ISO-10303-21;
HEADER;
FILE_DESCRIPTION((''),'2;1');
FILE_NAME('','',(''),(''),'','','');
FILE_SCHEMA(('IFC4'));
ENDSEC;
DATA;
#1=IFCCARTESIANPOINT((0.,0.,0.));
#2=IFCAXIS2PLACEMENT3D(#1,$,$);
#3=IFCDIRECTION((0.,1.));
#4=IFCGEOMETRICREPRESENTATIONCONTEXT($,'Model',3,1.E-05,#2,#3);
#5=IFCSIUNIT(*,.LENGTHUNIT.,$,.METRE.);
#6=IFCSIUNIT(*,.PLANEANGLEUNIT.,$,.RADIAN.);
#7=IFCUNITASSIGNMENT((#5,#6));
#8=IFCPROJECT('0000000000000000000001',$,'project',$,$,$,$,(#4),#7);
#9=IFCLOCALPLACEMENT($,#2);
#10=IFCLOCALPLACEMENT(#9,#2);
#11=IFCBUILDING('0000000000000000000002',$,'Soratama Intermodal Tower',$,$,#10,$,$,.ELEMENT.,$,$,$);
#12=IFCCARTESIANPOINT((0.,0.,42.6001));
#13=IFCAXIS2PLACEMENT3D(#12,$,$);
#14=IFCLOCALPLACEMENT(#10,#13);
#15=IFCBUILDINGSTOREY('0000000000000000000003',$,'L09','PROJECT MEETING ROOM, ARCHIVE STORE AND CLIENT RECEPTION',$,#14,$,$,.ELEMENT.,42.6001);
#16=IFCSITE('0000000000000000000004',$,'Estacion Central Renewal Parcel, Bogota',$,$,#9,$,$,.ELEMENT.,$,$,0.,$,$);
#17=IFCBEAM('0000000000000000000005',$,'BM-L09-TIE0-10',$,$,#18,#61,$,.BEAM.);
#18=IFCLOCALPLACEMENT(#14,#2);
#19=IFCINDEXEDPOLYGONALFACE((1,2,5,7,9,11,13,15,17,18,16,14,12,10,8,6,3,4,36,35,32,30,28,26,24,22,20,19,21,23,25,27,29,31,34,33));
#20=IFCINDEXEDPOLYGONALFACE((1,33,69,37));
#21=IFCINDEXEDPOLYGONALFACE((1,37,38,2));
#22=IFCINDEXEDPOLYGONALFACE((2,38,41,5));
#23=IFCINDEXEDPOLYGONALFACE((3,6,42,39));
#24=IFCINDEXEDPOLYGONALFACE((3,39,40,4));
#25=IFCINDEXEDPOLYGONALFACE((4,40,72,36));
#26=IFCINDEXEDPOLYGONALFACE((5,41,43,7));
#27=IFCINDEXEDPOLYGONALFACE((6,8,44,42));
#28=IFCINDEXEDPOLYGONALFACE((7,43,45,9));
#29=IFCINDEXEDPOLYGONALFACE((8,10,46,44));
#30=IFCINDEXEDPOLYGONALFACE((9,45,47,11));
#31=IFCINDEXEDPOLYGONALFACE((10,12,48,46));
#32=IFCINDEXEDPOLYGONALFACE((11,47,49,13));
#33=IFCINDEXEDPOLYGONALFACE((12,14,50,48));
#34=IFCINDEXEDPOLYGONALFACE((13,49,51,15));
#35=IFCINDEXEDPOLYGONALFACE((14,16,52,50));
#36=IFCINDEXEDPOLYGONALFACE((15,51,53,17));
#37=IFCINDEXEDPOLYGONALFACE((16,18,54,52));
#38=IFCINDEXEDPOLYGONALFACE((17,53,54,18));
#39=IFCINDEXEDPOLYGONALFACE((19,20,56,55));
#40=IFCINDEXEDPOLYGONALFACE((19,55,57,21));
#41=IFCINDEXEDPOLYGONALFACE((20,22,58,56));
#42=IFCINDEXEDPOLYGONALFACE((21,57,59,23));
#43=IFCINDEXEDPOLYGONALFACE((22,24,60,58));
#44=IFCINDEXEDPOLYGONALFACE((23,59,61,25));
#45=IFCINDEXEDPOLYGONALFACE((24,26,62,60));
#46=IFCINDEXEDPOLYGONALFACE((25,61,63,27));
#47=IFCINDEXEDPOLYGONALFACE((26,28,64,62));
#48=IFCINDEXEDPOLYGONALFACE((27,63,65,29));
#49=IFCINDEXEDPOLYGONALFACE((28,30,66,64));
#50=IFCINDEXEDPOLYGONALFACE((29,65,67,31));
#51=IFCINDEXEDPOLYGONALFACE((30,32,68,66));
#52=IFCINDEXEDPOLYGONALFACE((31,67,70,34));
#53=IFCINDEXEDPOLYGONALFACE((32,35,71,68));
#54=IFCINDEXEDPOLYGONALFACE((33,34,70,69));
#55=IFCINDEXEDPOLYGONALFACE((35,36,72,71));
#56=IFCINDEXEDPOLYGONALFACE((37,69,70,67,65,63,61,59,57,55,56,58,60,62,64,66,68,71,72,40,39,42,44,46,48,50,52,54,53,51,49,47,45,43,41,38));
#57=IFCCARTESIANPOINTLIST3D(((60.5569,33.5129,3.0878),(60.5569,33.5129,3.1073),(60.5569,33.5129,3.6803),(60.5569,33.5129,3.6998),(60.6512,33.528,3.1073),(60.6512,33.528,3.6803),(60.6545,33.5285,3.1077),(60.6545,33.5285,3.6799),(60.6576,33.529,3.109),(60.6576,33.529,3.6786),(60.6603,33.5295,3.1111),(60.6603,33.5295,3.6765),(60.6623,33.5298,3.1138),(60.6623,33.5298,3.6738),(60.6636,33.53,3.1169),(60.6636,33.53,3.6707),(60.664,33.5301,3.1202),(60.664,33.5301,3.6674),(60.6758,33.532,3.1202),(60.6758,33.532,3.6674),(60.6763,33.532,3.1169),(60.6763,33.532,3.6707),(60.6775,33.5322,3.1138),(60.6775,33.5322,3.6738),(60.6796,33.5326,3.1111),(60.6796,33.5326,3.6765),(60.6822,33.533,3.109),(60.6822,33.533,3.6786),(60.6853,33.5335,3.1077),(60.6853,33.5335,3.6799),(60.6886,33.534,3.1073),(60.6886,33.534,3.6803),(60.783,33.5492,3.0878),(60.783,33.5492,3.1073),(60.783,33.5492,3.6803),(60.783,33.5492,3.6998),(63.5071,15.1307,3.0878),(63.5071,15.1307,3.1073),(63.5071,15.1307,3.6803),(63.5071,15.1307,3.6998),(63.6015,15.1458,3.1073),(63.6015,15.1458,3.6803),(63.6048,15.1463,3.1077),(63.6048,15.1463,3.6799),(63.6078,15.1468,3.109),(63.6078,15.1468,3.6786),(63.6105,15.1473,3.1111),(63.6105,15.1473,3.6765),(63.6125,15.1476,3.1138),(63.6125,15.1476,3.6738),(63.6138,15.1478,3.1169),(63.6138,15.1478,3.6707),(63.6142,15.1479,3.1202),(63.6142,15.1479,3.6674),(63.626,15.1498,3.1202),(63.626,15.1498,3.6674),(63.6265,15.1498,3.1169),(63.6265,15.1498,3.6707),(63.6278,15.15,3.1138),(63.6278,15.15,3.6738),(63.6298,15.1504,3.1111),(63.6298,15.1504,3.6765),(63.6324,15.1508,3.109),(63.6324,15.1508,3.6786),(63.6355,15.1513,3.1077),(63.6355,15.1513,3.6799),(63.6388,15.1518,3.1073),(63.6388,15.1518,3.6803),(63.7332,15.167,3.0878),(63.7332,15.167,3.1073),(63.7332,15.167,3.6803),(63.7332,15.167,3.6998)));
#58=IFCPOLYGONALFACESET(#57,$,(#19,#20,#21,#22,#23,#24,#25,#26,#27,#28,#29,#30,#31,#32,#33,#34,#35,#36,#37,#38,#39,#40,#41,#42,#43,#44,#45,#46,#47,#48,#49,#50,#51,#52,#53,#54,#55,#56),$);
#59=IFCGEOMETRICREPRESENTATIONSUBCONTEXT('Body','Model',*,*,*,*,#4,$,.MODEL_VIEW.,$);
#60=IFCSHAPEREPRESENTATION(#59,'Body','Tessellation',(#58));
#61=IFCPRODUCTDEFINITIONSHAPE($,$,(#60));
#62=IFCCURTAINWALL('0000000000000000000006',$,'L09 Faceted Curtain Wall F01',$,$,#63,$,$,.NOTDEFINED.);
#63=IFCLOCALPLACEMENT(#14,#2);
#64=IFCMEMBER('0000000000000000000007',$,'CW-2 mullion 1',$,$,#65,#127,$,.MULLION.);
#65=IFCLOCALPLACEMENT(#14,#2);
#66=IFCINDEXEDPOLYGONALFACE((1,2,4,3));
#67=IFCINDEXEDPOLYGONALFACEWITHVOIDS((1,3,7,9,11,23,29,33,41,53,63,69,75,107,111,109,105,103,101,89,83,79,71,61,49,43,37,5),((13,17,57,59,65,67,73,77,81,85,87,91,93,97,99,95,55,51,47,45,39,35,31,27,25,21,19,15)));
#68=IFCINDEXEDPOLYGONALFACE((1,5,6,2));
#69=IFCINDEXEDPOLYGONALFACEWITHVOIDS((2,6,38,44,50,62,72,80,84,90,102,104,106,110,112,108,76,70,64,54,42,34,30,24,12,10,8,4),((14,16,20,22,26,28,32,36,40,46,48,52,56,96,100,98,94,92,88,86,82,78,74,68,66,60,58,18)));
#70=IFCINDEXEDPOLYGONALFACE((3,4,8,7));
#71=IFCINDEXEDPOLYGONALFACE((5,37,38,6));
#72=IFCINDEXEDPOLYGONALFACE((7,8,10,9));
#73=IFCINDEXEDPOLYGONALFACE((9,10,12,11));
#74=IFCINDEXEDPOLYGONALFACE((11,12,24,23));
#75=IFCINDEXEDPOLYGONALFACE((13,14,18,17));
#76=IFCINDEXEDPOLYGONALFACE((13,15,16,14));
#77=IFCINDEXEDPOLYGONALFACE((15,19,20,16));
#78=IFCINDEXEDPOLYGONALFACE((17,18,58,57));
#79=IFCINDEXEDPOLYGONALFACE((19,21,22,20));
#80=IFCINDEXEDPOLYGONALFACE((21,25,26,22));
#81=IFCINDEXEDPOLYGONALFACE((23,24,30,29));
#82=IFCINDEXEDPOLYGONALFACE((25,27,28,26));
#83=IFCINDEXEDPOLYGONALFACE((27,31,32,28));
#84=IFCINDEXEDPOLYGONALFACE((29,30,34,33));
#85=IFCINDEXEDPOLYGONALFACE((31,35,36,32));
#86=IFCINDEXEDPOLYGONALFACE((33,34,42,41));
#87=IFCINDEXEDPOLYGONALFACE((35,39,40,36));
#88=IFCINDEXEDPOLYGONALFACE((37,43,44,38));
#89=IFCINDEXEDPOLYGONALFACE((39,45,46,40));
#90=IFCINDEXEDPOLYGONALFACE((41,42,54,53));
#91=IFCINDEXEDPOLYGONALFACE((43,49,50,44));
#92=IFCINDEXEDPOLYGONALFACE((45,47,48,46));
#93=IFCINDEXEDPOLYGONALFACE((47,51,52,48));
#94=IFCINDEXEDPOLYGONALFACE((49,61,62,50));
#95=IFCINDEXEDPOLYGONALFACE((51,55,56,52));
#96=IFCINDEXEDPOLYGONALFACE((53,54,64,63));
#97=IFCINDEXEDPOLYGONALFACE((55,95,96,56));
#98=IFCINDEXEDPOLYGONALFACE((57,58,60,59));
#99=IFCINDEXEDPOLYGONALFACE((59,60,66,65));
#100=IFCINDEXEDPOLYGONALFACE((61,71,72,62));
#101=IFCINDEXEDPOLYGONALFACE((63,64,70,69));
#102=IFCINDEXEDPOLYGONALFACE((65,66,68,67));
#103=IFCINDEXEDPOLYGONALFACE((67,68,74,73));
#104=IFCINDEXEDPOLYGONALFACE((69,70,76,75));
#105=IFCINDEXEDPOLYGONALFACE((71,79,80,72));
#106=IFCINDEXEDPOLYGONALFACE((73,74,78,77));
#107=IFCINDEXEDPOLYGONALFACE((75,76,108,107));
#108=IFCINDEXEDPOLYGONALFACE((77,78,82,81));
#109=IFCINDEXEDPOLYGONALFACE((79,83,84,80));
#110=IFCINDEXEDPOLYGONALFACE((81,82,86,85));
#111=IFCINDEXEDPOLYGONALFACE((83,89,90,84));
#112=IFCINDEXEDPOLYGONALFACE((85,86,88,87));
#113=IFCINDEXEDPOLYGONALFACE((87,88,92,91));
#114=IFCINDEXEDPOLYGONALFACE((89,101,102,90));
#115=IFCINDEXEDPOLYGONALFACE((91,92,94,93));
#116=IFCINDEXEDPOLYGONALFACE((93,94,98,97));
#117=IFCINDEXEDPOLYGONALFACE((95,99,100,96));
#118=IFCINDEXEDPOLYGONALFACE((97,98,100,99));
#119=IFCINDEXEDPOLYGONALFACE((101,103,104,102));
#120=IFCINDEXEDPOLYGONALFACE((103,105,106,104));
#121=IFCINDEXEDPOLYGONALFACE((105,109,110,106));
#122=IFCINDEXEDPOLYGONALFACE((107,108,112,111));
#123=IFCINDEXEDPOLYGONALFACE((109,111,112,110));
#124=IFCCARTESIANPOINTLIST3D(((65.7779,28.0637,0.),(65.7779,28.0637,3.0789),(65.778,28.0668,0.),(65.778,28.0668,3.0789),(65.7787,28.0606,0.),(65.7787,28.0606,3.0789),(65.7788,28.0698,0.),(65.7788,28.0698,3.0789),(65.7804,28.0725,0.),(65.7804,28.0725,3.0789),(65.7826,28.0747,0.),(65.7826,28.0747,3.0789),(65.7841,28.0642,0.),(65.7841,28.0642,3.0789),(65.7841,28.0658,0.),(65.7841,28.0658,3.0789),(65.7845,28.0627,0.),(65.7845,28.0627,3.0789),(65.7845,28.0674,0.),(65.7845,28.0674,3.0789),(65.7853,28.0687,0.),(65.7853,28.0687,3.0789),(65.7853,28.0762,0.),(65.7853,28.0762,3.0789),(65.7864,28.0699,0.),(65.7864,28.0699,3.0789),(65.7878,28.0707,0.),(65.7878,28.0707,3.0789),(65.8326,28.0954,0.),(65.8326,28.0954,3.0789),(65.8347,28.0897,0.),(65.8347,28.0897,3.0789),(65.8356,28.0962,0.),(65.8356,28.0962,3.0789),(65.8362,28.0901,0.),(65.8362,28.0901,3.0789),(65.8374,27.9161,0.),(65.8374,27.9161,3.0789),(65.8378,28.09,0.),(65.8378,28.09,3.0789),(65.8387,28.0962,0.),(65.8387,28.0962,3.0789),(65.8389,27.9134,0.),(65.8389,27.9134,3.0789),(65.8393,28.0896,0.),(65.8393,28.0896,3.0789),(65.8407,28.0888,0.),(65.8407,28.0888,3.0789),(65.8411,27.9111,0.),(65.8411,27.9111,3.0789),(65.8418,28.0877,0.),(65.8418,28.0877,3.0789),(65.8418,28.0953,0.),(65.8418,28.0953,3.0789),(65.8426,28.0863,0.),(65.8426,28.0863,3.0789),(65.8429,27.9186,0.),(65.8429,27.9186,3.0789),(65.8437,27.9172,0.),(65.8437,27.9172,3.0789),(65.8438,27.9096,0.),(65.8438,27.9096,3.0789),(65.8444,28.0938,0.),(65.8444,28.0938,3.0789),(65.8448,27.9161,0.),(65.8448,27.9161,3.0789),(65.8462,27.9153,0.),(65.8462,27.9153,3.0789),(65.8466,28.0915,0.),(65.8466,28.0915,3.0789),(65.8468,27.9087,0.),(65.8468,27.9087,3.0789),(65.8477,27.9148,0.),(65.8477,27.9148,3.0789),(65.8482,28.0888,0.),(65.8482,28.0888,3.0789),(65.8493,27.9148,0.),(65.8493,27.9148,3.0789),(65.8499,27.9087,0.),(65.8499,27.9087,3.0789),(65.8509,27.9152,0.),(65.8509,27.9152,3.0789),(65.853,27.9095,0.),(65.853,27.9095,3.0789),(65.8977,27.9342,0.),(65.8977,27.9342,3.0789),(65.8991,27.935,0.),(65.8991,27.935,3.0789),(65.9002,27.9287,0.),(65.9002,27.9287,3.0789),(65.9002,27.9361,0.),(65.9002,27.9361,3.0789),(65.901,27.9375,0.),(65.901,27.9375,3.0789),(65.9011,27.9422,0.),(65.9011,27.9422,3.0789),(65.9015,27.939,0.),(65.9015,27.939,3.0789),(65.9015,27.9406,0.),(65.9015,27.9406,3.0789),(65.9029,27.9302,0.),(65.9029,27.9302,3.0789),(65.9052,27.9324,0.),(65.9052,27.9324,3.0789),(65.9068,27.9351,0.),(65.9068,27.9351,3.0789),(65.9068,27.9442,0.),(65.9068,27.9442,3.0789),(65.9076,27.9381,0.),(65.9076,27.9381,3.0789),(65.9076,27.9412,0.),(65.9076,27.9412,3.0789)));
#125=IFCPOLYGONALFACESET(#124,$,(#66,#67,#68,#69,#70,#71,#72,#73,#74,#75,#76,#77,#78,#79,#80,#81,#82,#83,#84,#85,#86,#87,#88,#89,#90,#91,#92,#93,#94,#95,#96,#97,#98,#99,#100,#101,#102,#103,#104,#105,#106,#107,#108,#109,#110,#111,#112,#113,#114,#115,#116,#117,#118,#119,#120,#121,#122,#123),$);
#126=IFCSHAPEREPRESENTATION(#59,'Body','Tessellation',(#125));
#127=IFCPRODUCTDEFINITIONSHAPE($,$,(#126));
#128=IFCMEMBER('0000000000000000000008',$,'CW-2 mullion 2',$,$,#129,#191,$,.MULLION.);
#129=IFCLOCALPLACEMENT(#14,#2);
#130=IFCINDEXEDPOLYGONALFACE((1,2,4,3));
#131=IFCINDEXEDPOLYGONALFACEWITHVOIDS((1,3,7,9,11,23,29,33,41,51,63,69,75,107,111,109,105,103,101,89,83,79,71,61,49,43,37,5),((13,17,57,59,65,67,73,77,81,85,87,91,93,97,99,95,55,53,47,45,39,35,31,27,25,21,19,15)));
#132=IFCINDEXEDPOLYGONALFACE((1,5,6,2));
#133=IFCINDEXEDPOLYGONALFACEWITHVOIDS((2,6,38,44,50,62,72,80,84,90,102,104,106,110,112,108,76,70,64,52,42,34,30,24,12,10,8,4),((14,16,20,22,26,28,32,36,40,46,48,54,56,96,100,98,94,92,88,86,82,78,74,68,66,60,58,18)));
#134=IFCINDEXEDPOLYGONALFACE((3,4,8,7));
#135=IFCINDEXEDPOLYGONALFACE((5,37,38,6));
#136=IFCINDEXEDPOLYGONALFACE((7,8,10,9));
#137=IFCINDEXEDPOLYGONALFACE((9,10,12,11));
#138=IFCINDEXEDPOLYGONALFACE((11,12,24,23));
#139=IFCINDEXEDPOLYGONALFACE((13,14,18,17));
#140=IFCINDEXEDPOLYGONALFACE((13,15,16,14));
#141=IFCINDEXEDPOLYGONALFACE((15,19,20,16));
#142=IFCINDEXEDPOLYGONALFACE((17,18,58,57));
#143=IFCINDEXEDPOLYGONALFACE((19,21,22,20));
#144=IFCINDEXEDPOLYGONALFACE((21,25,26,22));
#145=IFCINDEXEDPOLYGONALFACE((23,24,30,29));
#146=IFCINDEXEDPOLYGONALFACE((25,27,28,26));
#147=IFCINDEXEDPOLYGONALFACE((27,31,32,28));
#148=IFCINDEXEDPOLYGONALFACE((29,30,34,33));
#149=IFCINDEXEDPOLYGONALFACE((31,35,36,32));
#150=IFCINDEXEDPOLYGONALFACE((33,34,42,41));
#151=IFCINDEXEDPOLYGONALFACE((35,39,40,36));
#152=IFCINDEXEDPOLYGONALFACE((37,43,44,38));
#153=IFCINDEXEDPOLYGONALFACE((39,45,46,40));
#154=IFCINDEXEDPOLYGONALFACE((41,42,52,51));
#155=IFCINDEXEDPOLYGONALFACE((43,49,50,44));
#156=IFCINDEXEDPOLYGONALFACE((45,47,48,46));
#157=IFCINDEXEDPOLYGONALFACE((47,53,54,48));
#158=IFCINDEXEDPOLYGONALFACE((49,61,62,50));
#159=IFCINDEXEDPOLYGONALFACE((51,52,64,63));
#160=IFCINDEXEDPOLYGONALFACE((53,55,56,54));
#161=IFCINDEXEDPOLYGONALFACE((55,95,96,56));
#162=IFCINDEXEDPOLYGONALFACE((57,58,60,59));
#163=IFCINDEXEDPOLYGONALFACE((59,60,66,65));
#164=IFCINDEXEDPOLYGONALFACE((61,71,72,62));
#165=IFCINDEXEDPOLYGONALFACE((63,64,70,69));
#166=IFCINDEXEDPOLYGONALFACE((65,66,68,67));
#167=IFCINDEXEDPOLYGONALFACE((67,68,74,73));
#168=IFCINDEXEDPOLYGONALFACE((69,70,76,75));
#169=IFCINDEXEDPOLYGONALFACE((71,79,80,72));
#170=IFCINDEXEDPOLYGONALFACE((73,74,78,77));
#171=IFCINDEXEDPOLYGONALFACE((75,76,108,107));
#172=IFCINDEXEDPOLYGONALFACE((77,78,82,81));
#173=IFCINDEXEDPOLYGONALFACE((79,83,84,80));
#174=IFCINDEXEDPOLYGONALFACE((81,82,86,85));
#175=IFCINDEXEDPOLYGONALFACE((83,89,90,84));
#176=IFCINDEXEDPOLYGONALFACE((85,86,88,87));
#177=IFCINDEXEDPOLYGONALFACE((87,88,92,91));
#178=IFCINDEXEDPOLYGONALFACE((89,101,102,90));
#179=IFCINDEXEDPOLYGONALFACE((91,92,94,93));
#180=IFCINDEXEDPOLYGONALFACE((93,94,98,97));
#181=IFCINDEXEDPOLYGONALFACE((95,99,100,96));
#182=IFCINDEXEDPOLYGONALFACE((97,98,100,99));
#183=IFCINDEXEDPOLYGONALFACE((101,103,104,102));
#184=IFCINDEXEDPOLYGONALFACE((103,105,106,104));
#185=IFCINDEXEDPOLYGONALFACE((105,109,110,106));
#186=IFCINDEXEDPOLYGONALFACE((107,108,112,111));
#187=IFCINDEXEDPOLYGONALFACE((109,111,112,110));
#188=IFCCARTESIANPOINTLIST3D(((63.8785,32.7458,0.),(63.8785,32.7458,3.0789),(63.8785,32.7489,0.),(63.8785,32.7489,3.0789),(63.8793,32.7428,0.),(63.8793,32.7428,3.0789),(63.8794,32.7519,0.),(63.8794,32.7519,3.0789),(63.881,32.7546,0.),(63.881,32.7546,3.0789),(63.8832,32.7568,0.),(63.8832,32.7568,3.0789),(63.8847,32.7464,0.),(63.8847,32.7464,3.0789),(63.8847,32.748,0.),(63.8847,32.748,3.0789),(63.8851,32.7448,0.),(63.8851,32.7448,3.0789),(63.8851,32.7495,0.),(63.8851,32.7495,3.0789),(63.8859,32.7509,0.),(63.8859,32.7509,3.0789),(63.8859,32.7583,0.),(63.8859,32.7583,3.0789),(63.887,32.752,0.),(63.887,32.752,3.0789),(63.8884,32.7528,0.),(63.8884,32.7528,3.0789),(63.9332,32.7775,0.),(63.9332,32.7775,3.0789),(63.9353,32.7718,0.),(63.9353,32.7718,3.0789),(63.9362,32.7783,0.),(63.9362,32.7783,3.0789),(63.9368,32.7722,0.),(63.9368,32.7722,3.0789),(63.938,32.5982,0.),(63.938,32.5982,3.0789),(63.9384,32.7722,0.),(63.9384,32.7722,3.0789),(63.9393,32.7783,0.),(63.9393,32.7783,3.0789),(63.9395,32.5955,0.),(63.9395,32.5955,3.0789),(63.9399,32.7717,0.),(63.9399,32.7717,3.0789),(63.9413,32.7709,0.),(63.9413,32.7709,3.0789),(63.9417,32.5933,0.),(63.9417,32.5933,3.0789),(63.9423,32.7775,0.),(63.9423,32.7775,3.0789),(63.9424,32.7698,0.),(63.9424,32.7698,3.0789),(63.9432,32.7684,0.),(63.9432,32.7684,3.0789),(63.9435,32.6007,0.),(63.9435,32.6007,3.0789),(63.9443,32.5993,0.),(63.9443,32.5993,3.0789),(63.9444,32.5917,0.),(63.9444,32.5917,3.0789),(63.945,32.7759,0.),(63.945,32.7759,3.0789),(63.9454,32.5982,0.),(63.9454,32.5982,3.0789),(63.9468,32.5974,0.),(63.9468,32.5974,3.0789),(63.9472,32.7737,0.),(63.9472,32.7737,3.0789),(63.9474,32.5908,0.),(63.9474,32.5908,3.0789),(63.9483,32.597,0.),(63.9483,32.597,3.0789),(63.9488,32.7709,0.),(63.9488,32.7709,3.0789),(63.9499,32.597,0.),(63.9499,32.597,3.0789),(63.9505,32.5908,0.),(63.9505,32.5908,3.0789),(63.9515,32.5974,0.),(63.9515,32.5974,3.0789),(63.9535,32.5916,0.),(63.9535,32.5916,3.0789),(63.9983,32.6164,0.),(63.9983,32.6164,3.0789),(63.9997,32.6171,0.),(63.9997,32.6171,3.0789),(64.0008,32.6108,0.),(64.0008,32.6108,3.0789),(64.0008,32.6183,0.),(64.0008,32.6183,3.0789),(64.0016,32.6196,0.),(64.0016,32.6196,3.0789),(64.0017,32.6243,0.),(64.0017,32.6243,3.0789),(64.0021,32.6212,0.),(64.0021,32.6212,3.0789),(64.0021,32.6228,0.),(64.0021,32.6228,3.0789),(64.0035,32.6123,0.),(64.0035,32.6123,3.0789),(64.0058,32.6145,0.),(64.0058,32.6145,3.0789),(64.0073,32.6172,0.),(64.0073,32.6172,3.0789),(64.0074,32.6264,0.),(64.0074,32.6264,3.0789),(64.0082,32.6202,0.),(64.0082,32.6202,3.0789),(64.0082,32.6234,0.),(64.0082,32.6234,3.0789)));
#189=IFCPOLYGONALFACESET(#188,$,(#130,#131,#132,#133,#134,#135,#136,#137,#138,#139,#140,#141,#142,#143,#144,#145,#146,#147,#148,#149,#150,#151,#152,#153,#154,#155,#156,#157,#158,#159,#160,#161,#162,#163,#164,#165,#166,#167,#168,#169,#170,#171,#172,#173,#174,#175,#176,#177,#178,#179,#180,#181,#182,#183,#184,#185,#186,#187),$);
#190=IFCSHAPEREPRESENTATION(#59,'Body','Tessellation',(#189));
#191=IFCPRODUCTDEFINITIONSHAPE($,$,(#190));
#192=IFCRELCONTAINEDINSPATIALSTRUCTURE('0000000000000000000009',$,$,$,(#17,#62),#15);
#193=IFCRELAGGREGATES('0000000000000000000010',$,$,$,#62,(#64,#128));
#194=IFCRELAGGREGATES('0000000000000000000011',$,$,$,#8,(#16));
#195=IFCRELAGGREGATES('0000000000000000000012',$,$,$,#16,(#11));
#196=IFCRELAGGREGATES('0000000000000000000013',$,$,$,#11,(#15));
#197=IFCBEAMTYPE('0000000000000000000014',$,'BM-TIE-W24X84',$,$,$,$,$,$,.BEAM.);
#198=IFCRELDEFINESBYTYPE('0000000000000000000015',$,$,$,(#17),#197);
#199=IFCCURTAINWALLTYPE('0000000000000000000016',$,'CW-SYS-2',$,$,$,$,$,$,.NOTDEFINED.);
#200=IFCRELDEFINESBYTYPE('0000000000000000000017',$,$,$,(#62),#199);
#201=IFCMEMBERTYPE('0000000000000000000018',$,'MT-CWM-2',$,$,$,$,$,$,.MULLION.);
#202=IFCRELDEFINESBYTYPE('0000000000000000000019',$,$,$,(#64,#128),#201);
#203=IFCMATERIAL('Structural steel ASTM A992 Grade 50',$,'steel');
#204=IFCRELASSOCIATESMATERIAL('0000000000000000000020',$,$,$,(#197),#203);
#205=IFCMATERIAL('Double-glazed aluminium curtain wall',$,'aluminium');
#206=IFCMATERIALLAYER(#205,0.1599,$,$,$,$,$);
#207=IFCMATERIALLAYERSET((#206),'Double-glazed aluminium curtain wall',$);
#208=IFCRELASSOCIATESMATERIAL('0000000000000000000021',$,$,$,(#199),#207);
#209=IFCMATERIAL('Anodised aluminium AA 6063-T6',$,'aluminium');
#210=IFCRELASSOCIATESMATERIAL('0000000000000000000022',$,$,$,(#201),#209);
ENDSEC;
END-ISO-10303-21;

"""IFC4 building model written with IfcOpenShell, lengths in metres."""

from ifc_helpers import new_model, si_unit, direction, frame, origin, origin_2d, place, context, subcontext, project, spatial, hollow_rectangle, i_section, extrude, material, layer, layer_set, material_profile, profile_set, type_object, element, aggregate, save


model = new_model("IFC4")

# Units and contexts
model_context = context("Model", 3, precision=1e-05, world=origin(), true_north=direction((0.0, 1.0)))
body_context = subcontext(model_context, "Body", "Model", "MODEL_VIEW")
ifc_project = project(units=[si_unit("LENGTHUNIT", "METRE"), si_unit("PLANEANGLEUNIT", "RADIAN")], contexts=[model_context])

# Site, building, storey
site_placement = place(None, origin())
site = spatial("IfcSite", under=ifc_project, at=site_placement, Name="Estacion Central Renewal Parcel, Bogota", CompositionType="ELEMENT", RefElevation=0.0)
building_placement = place(site_placement, origin())
building = spatial("IfcBuilding", under=site, at=building_placement, Name="Soratama Intermodal Tower", CompositionType="ELEMENT")
storey_placement = place(building_placement, frame((0.0, 0.0, 42.6001)))
storey = spatial("IfcBuildingStorey", under=building, at=storey_placement, Name="L09", Description="PROJECT MEETING ROOM, ARCHIVE STORE AND CLIENT RECEPTION", CompositionType="ELEMENT", Elevation=42.6001)

# Beam
ifc_material_1 = material(Name="Structural steel ASTM A992 Grade 50", Category="steel")
ifc_material_profile_1 = material_profile(ifc_material_1, i_section(OverallWidth=0.229, OverallDepth=0.6121, WebThickness=0.012, FlangeThickness=0.0195, FilletRadius=0.0129, at=origin_2d()), Name="W24X84")
ifc_profile_set_1 = profile_set([ifc_material_profile_1], Name="Structural steel ASTM A992 Grade 50")
beam_type_1 = type_object("IfcBeamType", Name="BM-TIE-W24X84", PredefinedType="BEAM", material=ifc_profile_set_1)
beam_1_placement = place(storey_placement, frame((60.6699, 33.531, 3.3938), z_axis=(0.158465, -0.987365, 0.0), x_axis=(0.987365, 0.158465, 0.0)))
element("IfcBeam", 1, at=beam_1_placement, inside=storey, type_object=beam_type_1, Name="BM-L09-TIE0-10", PredefinedType="BEAM", context=body_context, shape_type="SweptSolid", body=[
    extrude(i_section(OverallWidth=0.229, OverallDepth=0.6121, WebThickness=0.012, FlangeThickness=0.0195, FilletRadius=0.0129, at=origin_2d()), origin(), (0.0, 0.0, 1.0), 18.6174),
])

# Curtain wall, members
ifc_material_2 = material(Name="Double-glazed aluminium curtain wall", Category="aluminium")
ifc_layer_1 = layer(ifc_material_2, 0.1599)
ifc_layer_set_1 = layer_set([ifc_layer_1], Name="Double-glazed aluminium curtain wall")
curtain_wall_type = type_object("IfcCurtainWallType", Name="CW-SYS-2", PredefinedType="NOTDEFINED", material=ifc_layer_set_1)
curtain_wall_placement = place(storey_placement, origin())
curtain_wall = element("IfcCurtainWall", 2, at=curtain_wall_placement, inside=storey, type_object=curtain_wall_type, Name="L09 Faceted Curtain Wall F01", PredefinedType="NOTDEFINED")
ifc_material_3 = material(Name="Anodised aluminium AA 6063-T6", Category="aluminium")
ifc_material_profile_2 = material_profile(ifc_material_3, hollow_rectangle(XDim=0.075, YDim=0.1799, WallThickness=0.0061, InnerFilletRadius=0.0061, OuterFilletRadius=0.012, at=origin_2d()), Name="CWM180X75X6")
ifc_profile_set_2 = profile_set([ifc_material_profile_2], Name="Anodised aluminium AA 6063-T6")
member_type_1 = type_object("IfcMemberType", Name="MT-CWM-2", PredefinedType="MULLION", material=ifc_profile_set_2)
member_1_placement = place(storey_placement, frame((65.8428, 28.0024, 0.0), z_axis=(0.0, 0.0, 1.0), x_axis=(-0.926657, -0.375908, 0.0)))
member_1 = element("IfcMember", 3, at=member_1_placement, type_object=member_type_1, Name="CW-2 mullion 1", PredefinedType="MULLION", context=body_context, shape_type="SweptSolid", body=[
    extrude(hollow_rectangle(XDim=0.075, YDim=0.1799, WallThickness=0.0061, InnerFilletRadius=0.0061, OuterFilletRadius=0.012, at=origin_2d()), origin(), (0.0, 0.0, 1.0), 3.0789),
])
member_2_placement = place(storey_placement, frame((63.9434, 32.6846, 0.0), z_axis=(0.0, 0.0, 1.0), x_axis=(-0.926657, -0.375908, 0.0)))
member_2 = element("IfcMember", 4, at=member_2_placement, type_object=member_type_1, Name="CW-2 mullion 2", PredefinedType="MULLION", context=body_context, shape_type="SweptSolid", body=[
    extrude(hollow_rectangle(XDim=0.075, YDim=0.1799, WallThickness=0.0061, InnerFilletRadius=0.0061, OuterFilletRadius=0.012, at=origin_2d()), origin(), (0.0, 0.0, 1.0), 3.0789),
])
aggregate(curtain_wall, [member_1, member_2])

save(model, "model.ifc")
